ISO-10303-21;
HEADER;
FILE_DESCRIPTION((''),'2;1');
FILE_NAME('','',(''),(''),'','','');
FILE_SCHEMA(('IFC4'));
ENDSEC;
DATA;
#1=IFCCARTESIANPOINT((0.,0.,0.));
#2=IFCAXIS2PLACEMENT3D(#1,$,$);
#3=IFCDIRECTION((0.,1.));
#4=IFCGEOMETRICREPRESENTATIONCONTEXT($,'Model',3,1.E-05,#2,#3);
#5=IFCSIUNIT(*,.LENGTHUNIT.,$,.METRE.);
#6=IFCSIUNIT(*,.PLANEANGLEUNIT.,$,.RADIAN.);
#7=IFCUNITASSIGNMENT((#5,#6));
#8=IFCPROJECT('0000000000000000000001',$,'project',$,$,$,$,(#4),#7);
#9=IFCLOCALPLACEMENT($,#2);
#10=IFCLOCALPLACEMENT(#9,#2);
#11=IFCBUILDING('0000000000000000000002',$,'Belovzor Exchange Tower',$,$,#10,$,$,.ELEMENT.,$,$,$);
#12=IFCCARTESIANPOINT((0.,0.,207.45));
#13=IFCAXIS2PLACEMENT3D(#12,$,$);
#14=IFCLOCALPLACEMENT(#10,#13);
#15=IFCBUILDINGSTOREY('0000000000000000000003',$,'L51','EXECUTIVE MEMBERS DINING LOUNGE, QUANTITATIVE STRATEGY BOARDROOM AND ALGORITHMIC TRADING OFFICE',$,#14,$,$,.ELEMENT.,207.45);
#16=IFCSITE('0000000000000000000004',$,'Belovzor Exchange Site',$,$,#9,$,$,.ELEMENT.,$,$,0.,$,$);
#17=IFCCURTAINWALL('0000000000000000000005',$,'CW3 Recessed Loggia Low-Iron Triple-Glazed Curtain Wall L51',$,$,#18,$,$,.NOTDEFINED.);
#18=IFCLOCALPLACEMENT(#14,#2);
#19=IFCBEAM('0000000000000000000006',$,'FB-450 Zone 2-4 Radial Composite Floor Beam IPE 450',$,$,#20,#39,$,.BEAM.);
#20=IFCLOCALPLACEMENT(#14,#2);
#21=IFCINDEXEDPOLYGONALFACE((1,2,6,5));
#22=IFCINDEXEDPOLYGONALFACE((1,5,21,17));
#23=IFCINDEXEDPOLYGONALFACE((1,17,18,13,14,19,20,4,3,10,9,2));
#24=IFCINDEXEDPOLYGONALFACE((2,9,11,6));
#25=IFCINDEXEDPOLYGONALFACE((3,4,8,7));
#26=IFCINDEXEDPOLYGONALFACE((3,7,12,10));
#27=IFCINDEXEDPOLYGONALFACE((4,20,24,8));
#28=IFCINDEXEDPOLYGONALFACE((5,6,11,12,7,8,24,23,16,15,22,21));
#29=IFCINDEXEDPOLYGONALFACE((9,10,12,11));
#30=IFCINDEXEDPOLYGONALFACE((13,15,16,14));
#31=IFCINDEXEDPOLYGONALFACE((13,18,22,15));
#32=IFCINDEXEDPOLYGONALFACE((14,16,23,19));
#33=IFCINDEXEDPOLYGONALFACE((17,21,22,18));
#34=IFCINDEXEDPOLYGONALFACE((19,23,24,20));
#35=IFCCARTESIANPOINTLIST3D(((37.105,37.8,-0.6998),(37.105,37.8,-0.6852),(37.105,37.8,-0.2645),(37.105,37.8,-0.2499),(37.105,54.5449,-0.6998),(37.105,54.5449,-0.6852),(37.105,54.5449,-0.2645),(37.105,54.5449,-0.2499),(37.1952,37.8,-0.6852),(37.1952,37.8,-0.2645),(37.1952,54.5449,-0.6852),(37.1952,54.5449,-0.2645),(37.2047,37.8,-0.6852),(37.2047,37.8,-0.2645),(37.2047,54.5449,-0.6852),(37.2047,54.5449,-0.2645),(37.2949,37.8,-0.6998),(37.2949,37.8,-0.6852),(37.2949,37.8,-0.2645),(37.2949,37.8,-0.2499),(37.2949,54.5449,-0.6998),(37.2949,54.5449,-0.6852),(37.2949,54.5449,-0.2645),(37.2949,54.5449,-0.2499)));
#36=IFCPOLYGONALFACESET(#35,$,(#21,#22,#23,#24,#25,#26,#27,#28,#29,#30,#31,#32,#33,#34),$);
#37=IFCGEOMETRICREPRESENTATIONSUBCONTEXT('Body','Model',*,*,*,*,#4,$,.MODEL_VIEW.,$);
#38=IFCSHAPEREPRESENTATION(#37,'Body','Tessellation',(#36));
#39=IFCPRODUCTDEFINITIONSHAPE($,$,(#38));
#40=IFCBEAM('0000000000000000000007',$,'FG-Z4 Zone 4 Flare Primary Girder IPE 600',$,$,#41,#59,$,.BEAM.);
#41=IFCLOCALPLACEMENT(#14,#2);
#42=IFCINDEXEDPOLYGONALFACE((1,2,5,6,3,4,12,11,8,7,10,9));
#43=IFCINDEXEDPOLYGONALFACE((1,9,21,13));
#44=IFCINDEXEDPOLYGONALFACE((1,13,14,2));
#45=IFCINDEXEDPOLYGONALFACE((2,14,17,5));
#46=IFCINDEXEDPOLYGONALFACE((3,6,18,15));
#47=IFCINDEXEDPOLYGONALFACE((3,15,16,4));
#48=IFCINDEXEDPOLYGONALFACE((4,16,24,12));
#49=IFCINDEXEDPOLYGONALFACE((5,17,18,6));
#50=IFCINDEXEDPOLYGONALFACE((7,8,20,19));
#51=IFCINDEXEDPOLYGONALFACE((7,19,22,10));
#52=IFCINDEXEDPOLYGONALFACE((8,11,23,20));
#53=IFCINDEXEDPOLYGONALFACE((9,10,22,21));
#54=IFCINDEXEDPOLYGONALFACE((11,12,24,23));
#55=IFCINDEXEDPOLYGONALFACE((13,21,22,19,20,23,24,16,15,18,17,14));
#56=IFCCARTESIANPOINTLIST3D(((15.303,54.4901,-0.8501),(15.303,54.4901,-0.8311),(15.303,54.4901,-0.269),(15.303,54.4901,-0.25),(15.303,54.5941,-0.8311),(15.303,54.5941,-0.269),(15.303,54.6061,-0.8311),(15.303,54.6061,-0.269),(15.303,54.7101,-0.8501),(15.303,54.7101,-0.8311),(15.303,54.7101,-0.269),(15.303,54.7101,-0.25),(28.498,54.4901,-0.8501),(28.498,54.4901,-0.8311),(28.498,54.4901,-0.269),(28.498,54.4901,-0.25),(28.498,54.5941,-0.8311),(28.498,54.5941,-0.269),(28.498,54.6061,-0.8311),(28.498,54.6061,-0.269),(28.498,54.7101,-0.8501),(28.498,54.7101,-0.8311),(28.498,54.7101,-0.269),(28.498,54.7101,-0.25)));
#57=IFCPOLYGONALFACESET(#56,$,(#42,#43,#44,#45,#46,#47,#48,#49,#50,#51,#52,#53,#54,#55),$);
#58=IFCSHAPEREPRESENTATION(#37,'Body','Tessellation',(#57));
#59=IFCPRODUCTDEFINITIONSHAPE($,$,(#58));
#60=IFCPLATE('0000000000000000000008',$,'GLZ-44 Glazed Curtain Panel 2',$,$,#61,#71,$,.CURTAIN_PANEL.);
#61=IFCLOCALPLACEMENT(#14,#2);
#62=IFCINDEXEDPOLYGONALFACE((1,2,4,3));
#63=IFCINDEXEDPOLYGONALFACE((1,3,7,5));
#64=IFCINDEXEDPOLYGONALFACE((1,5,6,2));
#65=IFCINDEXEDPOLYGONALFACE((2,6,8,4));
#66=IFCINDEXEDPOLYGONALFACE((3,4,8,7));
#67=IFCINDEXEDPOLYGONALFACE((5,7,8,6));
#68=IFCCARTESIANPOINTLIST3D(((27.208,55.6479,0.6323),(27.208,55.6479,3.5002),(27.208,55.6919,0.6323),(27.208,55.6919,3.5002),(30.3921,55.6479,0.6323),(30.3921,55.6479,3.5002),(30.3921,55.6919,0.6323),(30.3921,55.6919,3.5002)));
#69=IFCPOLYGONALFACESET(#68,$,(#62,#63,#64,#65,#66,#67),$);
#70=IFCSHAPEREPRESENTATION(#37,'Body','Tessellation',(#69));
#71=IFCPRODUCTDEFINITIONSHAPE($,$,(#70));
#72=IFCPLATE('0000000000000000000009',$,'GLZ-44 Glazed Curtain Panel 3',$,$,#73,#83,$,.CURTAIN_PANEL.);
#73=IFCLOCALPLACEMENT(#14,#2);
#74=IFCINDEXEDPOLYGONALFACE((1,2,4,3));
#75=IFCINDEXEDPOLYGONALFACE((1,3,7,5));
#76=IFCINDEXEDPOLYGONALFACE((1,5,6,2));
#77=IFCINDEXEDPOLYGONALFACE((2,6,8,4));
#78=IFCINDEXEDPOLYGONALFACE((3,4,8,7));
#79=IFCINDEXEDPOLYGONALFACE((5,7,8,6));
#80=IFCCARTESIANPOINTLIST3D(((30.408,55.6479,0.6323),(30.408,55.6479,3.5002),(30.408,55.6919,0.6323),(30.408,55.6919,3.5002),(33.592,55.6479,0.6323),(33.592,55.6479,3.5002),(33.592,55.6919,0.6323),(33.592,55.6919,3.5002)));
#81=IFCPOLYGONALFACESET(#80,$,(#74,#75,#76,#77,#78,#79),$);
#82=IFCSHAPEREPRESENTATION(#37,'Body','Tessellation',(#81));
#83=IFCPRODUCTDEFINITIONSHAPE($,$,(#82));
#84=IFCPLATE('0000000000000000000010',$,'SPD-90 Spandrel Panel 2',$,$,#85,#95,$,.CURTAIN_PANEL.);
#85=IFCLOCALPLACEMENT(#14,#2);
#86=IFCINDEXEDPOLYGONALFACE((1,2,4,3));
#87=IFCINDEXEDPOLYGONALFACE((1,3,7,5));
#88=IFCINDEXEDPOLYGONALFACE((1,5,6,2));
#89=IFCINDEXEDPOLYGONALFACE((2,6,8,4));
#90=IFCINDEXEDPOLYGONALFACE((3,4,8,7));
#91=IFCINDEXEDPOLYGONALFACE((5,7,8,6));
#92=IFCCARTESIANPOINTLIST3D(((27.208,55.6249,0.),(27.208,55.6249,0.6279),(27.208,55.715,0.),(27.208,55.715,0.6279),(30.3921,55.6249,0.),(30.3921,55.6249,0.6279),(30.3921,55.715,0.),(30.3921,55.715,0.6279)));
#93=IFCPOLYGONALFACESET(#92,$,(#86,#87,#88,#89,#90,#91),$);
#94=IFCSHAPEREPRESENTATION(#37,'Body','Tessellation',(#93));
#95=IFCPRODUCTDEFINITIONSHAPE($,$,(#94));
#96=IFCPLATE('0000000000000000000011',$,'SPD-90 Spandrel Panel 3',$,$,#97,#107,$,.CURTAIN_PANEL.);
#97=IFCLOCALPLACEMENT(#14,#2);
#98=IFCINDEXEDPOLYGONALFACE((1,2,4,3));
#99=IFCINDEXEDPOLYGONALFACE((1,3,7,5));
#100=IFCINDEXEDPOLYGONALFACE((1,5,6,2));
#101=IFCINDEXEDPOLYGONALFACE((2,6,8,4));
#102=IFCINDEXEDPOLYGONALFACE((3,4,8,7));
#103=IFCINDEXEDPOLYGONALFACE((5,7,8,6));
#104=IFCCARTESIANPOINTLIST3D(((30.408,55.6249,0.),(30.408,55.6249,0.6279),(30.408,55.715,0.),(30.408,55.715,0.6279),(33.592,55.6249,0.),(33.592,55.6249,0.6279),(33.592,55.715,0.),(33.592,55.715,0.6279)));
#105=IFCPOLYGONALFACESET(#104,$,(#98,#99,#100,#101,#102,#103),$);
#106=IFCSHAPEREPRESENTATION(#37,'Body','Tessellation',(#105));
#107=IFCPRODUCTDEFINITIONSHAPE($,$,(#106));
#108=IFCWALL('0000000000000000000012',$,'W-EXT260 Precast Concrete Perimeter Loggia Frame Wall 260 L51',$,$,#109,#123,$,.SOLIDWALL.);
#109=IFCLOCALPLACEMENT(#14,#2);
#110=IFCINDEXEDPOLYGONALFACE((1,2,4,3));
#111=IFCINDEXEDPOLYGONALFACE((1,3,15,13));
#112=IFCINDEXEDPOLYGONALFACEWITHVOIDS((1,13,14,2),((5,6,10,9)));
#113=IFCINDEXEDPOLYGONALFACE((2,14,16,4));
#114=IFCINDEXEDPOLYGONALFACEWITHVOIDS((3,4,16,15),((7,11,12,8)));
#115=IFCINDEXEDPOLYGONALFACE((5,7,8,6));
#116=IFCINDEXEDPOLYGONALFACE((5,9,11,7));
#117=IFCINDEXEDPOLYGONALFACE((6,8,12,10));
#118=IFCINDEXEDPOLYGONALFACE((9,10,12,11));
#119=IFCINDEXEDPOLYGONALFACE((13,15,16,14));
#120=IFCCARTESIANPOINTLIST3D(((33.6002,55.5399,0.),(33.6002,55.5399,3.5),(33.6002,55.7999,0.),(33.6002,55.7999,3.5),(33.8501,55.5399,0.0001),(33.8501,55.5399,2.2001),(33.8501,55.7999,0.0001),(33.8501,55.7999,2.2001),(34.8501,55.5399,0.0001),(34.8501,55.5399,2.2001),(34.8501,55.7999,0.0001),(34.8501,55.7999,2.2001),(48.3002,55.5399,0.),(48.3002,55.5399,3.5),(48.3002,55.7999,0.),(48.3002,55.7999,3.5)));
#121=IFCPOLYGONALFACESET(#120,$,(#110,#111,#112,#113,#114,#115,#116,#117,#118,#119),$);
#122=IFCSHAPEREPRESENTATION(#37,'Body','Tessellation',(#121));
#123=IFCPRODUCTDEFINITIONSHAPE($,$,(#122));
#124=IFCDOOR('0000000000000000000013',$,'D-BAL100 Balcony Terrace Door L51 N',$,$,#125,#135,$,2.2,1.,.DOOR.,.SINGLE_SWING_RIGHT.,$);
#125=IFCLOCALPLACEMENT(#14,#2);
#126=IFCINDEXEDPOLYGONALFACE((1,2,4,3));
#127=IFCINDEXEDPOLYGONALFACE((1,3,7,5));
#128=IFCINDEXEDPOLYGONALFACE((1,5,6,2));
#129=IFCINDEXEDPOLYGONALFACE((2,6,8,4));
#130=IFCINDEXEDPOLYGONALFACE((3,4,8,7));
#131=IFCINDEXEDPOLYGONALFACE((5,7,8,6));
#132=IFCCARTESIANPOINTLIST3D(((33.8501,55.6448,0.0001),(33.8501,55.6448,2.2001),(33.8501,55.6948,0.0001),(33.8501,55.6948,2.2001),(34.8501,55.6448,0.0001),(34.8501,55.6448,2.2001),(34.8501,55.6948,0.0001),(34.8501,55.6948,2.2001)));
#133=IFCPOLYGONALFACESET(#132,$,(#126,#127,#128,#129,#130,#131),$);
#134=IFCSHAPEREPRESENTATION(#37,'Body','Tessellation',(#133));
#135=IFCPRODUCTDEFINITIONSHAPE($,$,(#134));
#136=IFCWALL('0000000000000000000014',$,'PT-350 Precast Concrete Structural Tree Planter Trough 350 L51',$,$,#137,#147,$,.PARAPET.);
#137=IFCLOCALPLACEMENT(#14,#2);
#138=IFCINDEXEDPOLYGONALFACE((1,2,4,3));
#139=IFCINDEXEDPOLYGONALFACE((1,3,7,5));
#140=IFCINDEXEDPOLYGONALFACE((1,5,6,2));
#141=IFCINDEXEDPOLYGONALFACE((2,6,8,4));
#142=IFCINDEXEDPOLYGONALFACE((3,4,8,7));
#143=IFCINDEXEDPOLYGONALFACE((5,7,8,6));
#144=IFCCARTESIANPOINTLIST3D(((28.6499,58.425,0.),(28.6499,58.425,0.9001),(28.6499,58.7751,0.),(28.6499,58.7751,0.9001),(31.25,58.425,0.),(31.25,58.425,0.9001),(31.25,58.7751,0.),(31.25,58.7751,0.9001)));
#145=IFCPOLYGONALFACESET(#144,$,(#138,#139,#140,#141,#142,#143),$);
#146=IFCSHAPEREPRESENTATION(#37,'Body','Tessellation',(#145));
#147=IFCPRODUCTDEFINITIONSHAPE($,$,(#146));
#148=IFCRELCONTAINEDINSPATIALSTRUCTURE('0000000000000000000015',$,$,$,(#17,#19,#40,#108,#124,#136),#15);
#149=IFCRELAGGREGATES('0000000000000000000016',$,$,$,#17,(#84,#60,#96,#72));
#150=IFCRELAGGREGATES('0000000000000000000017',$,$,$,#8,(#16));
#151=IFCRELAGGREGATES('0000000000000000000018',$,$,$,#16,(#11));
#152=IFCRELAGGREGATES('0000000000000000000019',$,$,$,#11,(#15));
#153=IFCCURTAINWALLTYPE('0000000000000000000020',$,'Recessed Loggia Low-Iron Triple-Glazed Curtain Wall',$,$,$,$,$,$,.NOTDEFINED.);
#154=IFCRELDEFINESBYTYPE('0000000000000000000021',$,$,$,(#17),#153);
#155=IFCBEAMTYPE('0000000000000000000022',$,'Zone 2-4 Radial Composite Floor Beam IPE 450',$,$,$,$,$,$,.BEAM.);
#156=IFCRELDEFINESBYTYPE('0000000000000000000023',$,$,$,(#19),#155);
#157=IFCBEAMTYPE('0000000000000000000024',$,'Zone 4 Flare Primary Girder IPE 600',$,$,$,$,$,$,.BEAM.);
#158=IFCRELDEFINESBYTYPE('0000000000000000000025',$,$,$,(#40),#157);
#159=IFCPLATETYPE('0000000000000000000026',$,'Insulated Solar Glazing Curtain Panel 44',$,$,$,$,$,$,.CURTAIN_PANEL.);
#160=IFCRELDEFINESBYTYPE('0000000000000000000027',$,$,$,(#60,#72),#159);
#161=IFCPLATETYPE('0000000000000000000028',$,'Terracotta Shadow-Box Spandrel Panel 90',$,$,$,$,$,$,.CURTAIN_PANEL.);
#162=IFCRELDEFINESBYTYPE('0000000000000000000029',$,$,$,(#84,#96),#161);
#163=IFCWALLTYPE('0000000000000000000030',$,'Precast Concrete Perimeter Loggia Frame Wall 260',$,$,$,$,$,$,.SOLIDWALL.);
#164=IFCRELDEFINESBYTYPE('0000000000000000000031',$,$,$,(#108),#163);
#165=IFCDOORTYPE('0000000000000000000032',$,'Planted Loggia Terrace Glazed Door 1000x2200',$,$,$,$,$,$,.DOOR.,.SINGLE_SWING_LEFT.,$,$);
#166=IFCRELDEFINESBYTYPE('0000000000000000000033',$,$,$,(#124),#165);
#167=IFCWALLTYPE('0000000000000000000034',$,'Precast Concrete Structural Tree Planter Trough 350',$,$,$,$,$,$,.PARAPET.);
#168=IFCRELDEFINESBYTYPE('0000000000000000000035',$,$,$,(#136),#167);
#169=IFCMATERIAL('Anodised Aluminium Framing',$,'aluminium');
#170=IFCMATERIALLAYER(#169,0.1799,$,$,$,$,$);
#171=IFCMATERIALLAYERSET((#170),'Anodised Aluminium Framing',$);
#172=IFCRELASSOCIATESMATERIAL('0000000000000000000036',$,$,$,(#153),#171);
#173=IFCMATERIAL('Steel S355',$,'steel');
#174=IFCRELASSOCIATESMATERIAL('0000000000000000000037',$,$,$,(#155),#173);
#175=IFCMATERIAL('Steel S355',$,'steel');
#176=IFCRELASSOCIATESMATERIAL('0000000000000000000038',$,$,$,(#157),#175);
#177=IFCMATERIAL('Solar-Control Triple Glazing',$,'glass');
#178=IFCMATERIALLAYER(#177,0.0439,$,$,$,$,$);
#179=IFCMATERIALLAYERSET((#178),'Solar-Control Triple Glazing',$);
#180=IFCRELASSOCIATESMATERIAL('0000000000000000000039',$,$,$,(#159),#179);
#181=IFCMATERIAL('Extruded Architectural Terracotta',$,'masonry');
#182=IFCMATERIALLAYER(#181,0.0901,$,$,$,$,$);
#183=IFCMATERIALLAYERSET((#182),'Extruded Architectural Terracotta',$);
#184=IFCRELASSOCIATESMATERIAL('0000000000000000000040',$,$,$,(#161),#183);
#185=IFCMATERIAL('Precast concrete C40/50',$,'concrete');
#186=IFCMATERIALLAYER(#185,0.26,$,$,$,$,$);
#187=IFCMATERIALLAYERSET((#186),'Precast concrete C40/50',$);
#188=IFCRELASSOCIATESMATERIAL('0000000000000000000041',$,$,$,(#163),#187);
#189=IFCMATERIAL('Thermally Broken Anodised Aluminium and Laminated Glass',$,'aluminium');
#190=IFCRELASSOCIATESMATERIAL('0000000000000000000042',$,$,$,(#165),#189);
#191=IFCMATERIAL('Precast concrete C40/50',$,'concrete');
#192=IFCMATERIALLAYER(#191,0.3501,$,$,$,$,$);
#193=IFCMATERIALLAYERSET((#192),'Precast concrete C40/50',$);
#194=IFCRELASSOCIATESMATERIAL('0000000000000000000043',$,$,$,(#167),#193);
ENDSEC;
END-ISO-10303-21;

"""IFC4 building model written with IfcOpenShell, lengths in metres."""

from ifc_helpers import new_model, si_unit, direction, frame, frame_2d, origin, origin_2d, place, context, subcontext, project, spatial, rectangle, i_section, extrude, material, layer, layer_set, material_profile, profile_set, type_object, element, fill, aggregate, save


model = new_model("IFC4")

# Units and contexts
model_context = context("Model", 3, precision=1e-05, world=origin(), true_north=direction((0.0, 1.0)))
body_context = subcontext(model_context, "Body", "Model", "MODEL_VIEW")
ifc_project = project(units=[si_unit("LENGTHUNIT", "METRE"), si_unit("PLANEANGLEUNIT", "RADIAN")], contexts=[model_context])

# Site, building, storey
site_placement = place(None, origin())
site = spatial("IfcSite", under=ifc_project, at=site_placement, Name="Belovzor Exchange Site", CompositionType="ELEMENT", RefElevation=0.0)
building_placement = place(site_placement, origin())
building = spatial("IfcBuilding", under=site, at=building_placement, Name="Belovzor Exchange Tower", CompositionType="ELEMENT")
storey_placement = place(building_placement, frame((0.0, 0.0, 207.45)))
storey = spatial("IfcBuildingStorey", under=building, at=storey_placement, Name="L51", Description="EXECUTIVE MEMBERS DINING LOUNGE, QUANTITATIVE STRATEGY BOARDROOM AND ALGORITHMIC TRADING OFFICE", CompositionType="ELEMENT", Elevation=207.45)

# Curtain wall
ifc_material_1 = material(Name="Anodised Aluminium Framing", Category="aluminium")
ifc_layer_1 = layer(ifc_material_1, 0.1799)
ifc_layer_set_1 = layer_set([ifc_layer_1], Name="Anodised Aluminium Framing")
curtain_wall_type = type_object("IfcCurtainWallType", Name="Recessed Loggia Low-Iron Triple-Glazed Curtain Wall", PredefinedType="NOTDEFINED", material=ifc_layer_set_1)
curtain_wall_placement = place(storey_placement, origin())
curtain_wall = element("IfcCurtainWall", 1, at=curtain_wall_placement, inside=storey, type_object=curtain_wall_type, Name="CW3 Recessed Loggia Low-Iron Triple-Glazed Curtain Wall L51", PredefinedType="NOTDEFINED")

# Beams
ifc_material_2 = material(Name="Steel S355", Category="steel")
ifc_material_profile_1 = material_profile(ifc_material_2, i_section(OverallWidth=0.1899, OverallDepth=0.45, WebThickness=0.0095, FlangeThickness=0.0146, at=origin_2d()))
ifc_profile_set_1 = profile_set([ifc_material_profile_1], Name="Steel S355")
beam_type_1 = type_object("IfcBeamType", Name="Zone 2-4 Radial Composite Floor Beam IPE 450", PredefinedType="BEAM", material=ifc_profile_set_1)
beam_1_placement = place(storey_placement, frame((37.2, 37.8, -0.4749), z_axis=(0.0, 1.0, 0.0), x_axis=(-1.0, 0.0, 0.0)))
element("IfcBeam", 2, at=beam_1_placement, inside=storey, type_object=beam_type_1, Name="FB-450 Zone 2-4 Radial Composite Floor Beam IPE 450", PredefinedType="BEAM", context=body_context, shape_type="SweptSolid", body=[
    extrude(i_section(OverallWidth=0.1899, OverallDepth=0.45, WebThickness=0.0095, FlangeThickness=0.0146, at=origin_2d()), origin(), (0.0, 0.0, 1.0), 16.7449),
])
ifc_material_3 = material(Name="Steel S355", Category="steel")
ifc_material_profile_2 = material_profile(ifc_material_3, i_section(OverallWidth=0.22, OverallDepth=0.6001, WebThickness=0.012, FlangeThickness=0.019, at=origin_2d()))
ifc_profile_set_2 = profile_set([ifc_material_profile_2], Name="Steel S355")
beam_type_2 = type_object("IfcBeamType", Name="Zone 4 Flare Primary Girder IPE 600", PredefinedType="BEAM", material=ifc_profile_set_2)
beam_2_placement = place(storey_placement, frame((28.498, 54.6001, -0.55), z_axis=(-1.0, 0.0, 0.0), x_axis=(0.0, -1.0, 0.0)))
element("IfcBeam", 3, at=beam_2_placement, inside=storey, type_object=beam_type_2, Name="FG-Z4 Zone 4 Flare Primary Girder IPE 600", PredefinedType="BEAM", context=body_context, shape_type="SweptSolid", body=[
    extrude(i_section(OverallWidth=0.22, OverallDepth=0.6001, WebThickness=0.012, FlangeThickness=0.019, at=origin_2d()), origin(), (0.0, 0.0, 1.0), 13.1951),
])

# Plates
ifc_material_4 = material(Name="Solar-Control Triple Glazing", Category="glass")
ifc_layer_2 = layer(ifc_material_4, 0.0439)
ifc_layer_set_2 = layer_set([ifc_layer_2], Name="Solar-Control Triple Glazing")
plate_type_1 = type_object("IfcPlateType", Name="Insulated Solar Glazing Curtain Panel 44", PredefinedType="CURTAIN_PANEL", material=ifc_layer_set_2)
plate_1_placement = place(storey_placement, frame((28.8, 55.6699, 0.6323), z_axis=(0.0, 0.0, 1.0), x_axis=(1.0, 0.0, 0.0)))
plate_1 = element("IfcPlate", 4, at=plate_1_placement, type_object=plate_type_1, Name="GLZ-44 Glazed Curtain Panel 2", PredefinedType="CURTAIN_PANEL", context=body_context, shape_type="SweptSolid", body=[
    extrude(rectangle(XDim=3.1841, YDim=0.0439, at=origin_2d()), origin(), (0.0, 0.0, 1.0), 2.8679),
])
plate_2_placement = place(storey_placement, frame((32.0, 55.6699, 0.6323), z_axis=(0.0, 0.0, 1.0), x_axis=(1.0, 0.0, 0.0)))
plate_2 = element("IfcPlate", 5, at=plate_2_placement, type_object=plate_type_1, Name="GLZ-44 Glazed Curtain Panel 3", PredefinedType="CURTAIN_PANEL", context=body_context, shape_type="SweptSolid", body=[
    extrude(rectangle(XDim=3.1841, YDim=0.0439, at=origin_2d()), origin(), (0.0, 0.0, 1.0), 2.8679),
])
ifc_material_5 = material(Name="Extruded Architectural Terracotta", Category="masonry")
ifc_layer_3 = layer(ifc_material_5, 0.0901)
ifc_layer_set_3 = layer_set([ifc_layer_3], Name="Extruded Architectural Terracotta")
plate_type_2 = type_object("IfcPlateType", Name="Terracotta Shadow-Box Spandrel Panel 90", PredefinedType="CURTAIN_PANEL", material=ifc_layer_set_3)
plate_3_placement = place(storey_placement, frame((28.8, 55.6699, 0.0), z_axis=(0.0, 0.0, 1.0), x_axis=(1.0, 0.0, 0.0)))
plate_3 = element("IfcPlate", 6, at=plate_3_placement, type_object=plate_type_2, Name="SPD-90 Spandrel Panel 2", PredefinedType="CURTAIN_PANEL", context=body_context, shape_type="SweptSolid", body=[
    extrude(rectangle(XDim=3.1841, YDim=0.0901, at=origin_2d()), origin(), (0.0, 0.0, 1.0), 0.6279),
])
plate_4_placement = place(storey_placement, frame((32.0, 55.6699, 0.0), z_axis=(0.0, 0.0, 1.0), x_axis=(1.0, 0.0, 0.0)))
plate_4 = element("IfcPlate", 7, at=plate_4_placement, type_object=plate_type_2, Name="SPD-90 Spandrel Panel 3", PredefinedType="CURTAIN_PANEL", context=body_context, shape_type="SweptSolid", body=[
    extrude(rectangle(XDim=3.1841, YDim=0.0901, at=origin_2d()), origin(), (0.0, 0.0, 1.0), 0.6279),
])
aggregate(curtain_wall, [plate_3, plate_1, plate_4, plate_2])

# Wall, opening, door
ifc_material_6 = material(Name="Precast concrete C40/50", Category="concrete")
ifc_layer_4 = layer(ifc_material_6, 0.26)
ifc_layer_set_4 = layer_set([ifc_layer_4], Name="Precast concrete C40/50")
wall_type_1 = type_object("IfcWallType", Name="Precast Concrete Perimeter Loggia Frame Wall 260", PredefinedType="SOLIDWALL", material=ifc_layer_set_4)
wall_1_placement = place(storey_placement, frame((33.6001, 55.6699, 0.0), z_axis=(0.0, 0.0, 1.0), x_axis=(1.0, 0.0, 0.0)))
wall_1 = element("IfcWall", 8, at=wall_1_placement, inside=storey, type_object=wall_type_1, Name="W-EXT260 Precast Concrete Perimeter Loggia Frame Wall 260 L51", PredefinedType="SOLIDWALL", context=body_context, shape_type="SweptSolid", body=[
    extrude(rectangle(XDim=14.7, YDim=0.26, at=frame_2d((7.3501, 0.0))), origin(), (0.0, 0.0, 1.0), 3.5),
])
opening_placement = place(wall_1_placement, frame((0.25, 0.0, 0.0)))
opening = element("IfcOpeningElement", 9, at=opening_placement, cuts=wall_1, PredefinedType="OPENING", context=body_context, shape_type="SweptSolid", body=[
    extrude(rectangle(XDim=1.0, YDim=2.2, at=frame_2d((0.5, 1.1001))), frame((0.0, 0.1399, 0.0), z_axis=(0.0, -1.0, 0.0), x_axis=(1.0, 0.0, 0.0)), (0.0, 0.0, 1.0), 0.28),
])
ifc_material_7 = material(Name="Thermally Broken Anodised Aluminium and Laminated Glass", Category="aluminium")
door_type = type_object("IfcDoorType", Name="Planted Loggia Terrace Glazed Door 1000x2200", OperationType="SINGLE_SWING_LEFT", PredefinedType="DOOR", material=ifc_material_7)
door_placement = place(opening_placement, origin())
door = element("IfcDoor", 10, at=door_placement, inside=storey, type_object=door_type, Name="D-BAL100 Balcony Terrace Door L51 N", OperationType="SINGLE_SWING_RIGHT", OverallHeight=2.2, OverallWidth=1.0, PredefinedType="DOOR", context=body_context, shape_type="SweptSolid", body=[
    extrude(rectangle(XDim=1.0, YDim=2.2, at=frame_2d((0.5, 1.1001))), frame((0.0, 0.0249, 0.0), z_axis=(0.0, -1.0, 0.0), x_axis=(1.0, 0.0, 0.0)), (0.0, 0.0, 1.0), 0.05),
])
fill(opening, door)

# Wall
ifc_material_8 = material(Name="Precast concrete C40/50", Category="concrete")
ifc_layer_5 = layer(ifc_material_8, 0.3501)
ifc_layer_set_5 = layer_set([ifc_layer_5], Name="Precast concrete C40/50")
wall_type_2 = type_object("IfcWallType", Name="Precast Concrete Structural Tree Planter Trough 350", PredefinedType="PARAPET", material=ifc_layer_set_5)
wall_2_placement = place(storey_placement, frame((28.6499, 58.6001, 0.0), z_axis=(0.0, 0.0, 1.0), x_axis=(1.0, 0.0, 0.0)))
element("IfcWall", 11, at=wall_2_placement, inside=storey, type_object=wall_type_2, Name="PT-350 Precast Concrete Structural Tree Planter Trough 350 L51", PredefinedType="PARAPET", context=body_context, shape_type="SweptSolid", body=[
    extrude(rectangle(XDim=2.6001, YDim=0.3501, at=frame_2d((1.3, 0.0))), origin(), (0.0, 0.0, 1.0), 0.9001),
])

save(model, "model.ifc")
